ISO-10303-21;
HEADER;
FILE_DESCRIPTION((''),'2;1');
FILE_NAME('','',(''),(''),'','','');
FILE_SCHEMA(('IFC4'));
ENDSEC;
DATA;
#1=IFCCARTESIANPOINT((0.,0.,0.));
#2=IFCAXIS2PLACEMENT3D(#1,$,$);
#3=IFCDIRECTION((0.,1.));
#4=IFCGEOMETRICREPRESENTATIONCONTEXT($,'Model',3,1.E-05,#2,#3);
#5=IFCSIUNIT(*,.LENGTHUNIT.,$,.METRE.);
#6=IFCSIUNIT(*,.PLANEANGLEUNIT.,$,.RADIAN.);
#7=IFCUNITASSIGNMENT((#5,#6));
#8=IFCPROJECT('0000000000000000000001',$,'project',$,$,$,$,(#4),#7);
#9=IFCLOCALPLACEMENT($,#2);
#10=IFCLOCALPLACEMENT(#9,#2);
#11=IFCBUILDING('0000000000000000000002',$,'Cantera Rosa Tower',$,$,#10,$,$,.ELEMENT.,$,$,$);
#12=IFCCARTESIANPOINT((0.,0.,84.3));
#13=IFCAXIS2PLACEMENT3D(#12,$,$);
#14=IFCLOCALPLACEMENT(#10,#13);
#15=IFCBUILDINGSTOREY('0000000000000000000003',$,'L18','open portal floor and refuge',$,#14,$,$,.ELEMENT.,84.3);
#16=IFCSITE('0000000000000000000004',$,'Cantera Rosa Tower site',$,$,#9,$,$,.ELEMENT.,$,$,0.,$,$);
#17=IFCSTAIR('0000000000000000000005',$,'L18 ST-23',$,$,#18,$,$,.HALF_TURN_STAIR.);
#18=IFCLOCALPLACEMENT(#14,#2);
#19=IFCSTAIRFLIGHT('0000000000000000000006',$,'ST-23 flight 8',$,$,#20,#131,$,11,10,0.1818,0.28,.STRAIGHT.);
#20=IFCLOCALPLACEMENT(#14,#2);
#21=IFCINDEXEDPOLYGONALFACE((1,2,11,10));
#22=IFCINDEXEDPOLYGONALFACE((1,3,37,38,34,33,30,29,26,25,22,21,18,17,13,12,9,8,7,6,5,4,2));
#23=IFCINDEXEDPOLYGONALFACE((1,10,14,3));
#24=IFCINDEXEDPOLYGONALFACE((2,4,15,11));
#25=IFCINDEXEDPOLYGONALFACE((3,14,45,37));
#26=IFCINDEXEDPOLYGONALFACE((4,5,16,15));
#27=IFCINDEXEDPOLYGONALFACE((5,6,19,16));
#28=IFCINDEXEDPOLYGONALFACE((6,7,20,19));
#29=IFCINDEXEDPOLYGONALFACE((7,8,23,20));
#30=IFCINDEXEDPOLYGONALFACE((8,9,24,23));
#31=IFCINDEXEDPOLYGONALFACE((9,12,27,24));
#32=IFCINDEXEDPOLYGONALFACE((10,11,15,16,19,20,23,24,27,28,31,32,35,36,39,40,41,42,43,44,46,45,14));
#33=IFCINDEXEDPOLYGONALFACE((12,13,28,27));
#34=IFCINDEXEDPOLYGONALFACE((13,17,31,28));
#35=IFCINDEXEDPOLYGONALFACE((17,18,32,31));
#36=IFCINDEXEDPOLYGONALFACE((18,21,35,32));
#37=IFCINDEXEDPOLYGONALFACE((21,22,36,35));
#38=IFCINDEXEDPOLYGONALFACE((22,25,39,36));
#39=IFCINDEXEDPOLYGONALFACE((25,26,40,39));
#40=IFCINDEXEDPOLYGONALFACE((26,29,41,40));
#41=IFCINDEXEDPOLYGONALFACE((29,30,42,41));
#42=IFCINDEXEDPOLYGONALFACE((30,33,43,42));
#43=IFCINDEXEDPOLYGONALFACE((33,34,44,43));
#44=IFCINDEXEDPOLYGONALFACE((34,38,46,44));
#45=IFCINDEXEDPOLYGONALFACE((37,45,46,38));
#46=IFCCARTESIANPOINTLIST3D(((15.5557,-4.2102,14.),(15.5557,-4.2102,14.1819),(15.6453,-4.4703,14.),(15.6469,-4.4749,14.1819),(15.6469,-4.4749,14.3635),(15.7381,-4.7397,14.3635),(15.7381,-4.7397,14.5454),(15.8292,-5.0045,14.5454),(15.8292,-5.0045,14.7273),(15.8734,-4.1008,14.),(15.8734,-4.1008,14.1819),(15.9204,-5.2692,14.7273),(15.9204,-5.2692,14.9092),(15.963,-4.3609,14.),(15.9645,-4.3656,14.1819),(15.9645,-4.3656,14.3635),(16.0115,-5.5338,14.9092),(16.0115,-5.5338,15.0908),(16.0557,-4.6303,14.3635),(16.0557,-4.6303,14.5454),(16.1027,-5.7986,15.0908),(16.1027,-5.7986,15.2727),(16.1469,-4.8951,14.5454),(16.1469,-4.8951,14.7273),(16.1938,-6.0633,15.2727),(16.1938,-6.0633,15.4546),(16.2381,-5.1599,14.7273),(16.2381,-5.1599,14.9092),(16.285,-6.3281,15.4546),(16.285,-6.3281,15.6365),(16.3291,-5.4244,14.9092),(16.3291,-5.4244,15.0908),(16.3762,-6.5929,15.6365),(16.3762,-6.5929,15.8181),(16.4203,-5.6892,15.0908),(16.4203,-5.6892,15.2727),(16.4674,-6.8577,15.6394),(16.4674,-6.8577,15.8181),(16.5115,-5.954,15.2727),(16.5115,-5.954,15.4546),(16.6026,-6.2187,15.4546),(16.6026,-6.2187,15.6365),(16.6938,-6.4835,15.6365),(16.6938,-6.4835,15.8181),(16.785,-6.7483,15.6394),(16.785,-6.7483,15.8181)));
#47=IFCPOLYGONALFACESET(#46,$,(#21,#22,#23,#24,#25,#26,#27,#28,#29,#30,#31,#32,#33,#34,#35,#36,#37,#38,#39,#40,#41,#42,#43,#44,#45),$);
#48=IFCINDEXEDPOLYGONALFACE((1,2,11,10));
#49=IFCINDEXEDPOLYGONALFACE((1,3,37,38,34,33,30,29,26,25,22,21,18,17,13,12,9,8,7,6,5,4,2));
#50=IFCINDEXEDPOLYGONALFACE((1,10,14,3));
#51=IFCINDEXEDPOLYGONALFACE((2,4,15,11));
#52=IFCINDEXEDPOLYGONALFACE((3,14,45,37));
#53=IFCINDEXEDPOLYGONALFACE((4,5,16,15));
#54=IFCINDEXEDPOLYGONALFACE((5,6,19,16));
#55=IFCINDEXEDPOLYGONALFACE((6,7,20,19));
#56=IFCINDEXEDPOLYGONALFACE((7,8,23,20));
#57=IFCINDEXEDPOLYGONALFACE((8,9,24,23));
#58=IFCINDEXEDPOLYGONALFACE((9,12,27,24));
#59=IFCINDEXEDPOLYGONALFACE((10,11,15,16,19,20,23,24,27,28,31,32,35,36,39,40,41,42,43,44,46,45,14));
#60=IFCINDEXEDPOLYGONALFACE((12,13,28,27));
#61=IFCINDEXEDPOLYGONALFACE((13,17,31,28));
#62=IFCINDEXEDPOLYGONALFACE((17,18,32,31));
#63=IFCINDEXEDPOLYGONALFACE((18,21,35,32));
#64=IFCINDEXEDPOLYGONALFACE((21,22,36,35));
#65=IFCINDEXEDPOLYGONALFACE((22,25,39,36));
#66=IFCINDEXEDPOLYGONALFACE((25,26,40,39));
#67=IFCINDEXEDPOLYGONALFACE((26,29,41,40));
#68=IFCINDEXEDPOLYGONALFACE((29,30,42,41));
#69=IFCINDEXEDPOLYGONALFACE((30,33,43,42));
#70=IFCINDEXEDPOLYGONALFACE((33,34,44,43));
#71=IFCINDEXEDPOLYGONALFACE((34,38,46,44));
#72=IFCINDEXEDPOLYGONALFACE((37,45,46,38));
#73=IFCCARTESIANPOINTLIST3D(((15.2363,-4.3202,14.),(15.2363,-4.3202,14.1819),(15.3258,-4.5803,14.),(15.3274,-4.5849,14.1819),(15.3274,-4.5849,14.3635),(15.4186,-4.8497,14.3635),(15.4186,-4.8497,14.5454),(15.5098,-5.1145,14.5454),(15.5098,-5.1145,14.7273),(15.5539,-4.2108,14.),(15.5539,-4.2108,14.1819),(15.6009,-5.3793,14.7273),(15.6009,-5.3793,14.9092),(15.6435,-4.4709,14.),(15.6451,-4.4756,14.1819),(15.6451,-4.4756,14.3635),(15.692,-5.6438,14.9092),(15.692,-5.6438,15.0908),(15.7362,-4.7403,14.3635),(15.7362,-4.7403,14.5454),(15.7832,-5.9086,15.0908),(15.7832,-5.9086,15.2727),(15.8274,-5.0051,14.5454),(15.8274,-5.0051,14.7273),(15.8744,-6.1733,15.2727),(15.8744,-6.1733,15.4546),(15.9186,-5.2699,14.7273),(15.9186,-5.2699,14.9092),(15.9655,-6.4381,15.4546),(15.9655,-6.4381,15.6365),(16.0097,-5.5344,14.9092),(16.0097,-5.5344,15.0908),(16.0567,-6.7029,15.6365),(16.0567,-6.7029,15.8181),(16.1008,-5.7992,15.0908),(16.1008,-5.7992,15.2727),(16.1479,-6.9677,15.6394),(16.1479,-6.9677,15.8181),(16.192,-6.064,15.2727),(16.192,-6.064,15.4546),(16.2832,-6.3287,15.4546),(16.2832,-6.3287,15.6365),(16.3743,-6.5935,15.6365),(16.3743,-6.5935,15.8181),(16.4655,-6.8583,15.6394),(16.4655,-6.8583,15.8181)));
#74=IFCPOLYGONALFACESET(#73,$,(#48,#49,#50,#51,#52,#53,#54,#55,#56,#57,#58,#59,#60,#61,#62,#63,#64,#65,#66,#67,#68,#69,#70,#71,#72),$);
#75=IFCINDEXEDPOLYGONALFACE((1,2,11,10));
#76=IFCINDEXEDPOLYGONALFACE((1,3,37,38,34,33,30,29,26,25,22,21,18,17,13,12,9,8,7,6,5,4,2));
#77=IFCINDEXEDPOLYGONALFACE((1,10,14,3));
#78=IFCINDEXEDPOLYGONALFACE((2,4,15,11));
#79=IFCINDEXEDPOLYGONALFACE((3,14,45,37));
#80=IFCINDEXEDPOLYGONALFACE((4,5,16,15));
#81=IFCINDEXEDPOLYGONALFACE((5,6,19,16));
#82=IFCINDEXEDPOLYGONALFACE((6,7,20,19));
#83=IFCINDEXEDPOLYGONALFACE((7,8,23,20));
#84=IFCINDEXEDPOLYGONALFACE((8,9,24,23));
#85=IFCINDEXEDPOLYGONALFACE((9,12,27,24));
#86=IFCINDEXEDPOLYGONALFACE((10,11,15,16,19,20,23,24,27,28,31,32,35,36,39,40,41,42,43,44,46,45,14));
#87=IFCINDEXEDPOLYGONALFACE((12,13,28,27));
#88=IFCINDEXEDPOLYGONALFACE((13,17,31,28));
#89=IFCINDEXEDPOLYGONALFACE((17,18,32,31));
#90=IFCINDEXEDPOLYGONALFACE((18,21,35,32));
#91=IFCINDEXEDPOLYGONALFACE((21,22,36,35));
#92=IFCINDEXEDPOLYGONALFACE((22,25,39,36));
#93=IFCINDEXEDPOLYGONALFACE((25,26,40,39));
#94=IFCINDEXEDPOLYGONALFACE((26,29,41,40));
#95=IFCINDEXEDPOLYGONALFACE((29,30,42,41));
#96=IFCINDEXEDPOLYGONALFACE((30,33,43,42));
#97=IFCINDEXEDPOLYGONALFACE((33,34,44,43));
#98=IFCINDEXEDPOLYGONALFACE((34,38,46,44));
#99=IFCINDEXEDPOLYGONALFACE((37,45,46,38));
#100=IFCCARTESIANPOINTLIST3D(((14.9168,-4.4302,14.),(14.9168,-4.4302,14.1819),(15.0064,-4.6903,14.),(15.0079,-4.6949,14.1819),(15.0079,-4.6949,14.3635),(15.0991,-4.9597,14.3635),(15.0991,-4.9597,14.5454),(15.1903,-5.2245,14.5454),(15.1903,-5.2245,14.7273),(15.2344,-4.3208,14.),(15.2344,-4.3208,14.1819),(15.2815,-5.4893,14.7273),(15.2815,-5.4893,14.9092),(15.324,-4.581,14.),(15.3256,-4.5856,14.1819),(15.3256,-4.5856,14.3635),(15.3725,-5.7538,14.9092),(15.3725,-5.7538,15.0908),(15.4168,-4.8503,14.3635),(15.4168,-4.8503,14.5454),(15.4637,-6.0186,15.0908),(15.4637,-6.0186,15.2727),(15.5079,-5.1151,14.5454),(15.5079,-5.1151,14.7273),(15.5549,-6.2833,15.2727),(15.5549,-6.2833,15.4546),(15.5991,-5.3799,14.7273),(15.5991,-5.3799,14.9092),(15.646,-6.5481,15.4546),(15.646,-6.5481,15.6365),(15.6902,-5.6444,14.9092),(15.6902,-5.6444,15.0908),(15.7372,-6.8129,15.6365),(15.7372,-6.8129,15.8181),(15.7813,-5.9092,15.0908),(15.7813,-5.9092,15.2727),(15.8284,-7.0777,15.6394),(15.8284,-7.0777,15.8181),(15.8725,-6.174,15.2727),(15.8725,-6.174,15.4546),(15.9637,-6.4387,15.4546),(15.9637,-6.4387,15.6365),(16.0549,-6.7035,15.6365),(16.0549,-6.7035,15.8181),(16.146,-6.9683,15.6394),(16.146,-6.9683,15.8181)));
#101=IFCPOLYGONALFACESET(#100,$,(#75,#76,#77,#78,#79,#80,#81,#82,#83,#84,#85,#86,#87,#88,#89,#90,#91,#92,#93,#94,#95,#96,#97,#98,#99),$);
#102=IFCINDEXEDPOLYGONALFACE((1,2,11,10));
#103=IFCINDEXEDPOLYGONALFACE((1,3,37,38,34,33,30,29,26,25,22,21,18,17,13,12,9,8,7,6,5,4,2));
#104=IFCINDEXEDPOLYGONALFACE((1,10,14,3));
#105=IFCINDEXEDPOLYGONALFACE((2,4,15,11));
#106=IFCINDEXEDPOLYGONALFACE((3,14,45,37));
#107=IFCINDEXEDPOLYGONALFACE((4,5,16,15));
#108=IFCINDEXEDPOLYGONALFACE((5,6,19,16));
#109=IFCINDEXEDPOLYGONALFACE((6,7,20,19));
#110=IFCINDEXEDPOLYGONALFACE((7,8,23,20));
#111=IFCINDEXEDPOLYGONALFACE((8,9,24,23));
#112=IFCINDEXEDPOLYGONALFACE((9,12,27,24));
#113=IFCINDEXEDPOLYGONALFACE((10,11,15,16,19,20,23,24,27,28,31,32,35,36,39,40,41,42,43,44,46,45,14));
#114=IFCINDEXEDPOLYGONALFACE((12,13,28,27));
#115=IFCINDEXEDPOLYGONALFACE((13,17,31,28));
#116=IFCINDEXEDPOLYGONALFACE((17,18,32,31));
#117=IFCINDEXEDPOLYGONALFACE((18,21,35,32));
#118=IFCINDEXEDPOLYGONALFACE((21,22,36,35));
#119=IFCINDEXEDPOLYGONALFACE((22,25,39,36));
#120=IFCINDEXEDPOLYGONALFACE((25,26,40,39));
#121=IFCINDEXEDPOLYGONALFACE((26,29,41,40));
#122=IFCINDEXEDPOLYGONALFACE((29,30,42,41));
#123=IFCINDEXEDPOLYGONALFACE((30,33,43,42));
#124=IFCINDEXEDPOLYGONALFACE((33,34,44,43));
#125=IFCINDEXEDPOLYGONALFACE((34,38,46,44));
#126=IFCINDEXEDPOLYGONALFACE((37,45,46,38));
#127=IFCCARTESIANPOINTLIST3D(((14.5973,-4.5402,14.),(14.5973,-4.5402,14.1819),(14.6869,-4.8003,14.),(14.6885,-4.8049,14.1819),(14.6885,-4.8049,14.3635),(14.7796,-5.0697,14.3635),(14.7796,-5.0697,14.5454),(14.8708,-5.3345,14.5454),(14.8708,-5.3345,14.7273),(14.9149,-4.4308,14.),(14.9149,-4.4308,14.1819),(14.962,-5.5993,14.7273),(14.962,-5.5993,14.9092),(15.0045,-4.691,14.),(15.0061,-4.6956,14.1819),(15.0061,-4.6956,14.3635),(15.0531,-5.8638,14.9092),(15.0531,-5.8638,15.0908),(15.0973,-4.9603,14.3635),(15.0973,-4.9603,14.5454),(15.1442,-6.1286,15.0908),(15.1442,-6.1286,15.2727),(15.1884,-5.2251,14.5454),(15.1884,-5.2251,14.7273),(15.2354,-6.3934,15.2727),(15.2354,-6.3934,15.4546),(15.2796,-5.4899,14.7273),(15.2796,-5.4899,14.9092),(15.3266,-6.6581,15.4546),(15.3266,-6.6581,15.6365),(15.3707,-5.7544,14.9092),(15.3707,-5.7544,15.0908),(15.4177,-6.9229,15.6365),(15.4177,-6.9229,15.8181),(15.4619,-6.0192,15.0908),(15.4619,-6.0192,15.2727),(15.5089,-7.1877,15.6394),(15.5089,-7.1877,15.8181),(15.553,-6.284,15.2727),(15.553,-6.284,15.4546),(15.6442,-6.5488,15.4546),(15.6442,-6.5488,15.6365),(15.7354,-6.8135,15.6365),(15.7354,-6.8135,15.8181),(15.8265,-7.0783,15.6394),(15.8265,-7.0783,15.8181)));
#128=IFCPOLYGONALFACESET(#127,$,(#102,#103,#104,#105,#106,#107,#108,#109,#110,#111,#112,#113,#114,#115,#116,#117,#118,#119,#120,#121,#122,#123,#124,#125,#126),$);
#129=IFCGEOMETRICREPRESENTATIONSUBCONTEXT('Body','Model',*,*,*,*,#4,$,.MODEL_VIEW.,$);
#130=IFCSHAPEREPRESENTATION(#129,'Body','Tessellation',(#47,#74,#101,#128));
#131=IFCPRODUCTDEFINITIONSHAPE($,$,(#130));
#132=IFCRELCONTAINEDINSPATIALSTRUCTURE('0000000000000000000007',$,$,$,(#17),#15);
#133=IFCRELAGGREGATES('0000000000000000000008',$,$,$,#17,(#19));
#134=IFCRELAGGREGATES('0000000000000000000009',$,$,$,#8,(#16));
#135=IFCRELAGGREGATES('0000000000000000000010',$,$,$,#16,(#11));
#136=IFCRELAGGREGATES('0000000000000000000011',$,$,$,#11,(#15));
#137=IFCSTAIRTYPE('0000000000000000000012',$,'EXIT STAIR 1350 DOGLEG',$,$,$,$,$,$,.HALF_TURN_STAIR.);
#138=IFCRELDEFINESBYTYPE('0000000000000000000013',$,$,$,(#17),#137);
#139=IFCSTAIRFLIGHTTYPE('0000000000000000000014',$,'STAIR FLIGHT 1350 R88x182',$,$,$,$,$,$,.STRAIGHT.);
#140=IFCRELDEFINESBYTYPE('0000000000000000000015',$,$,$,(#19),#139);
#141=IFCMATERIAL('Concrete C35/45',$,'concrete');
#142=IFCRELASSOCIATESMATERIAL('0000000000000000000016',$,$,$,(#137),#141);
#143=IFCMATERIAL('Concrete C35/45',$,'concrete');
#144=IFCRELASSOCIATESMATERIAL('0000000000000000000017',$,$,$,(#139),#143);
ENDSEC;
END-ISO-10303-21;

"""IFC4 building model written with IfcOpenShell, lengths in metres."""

from ifc_helpers import new_model, si_unit, direction, frame, origin, place, context, subcontext, project, spatial, polyline, outline, extrude, material, type_object, element, aggregate, save


model = new_model("IFC4")

# Units and contexts
model_context = context("Model", 3, precision=1e-05, world=origin(), true_north=direction((0.0, 1.0)))
body_context = subcontext(model_context, "Body", "Model", "MODEL_VIEW")
ifc_project = project(units=[si_unit("LENGTHUNIT", "METRE"), si_unit("PLANEANGLEUNIT", "RADIAN")], contexts=[model_context])

# Site, building, storey
site_placement = place(None, origin())
site = spatial("IfcSite", under=ifc_project, at=site_placement, Name="Cantera Rosa Tower site", CompositionType="ELEMENT", RefElevation=0.0)
building_placement = place(site_placement, origin())
building = spatial("IfcBuilding", under=site, at=building_placement, Name="Cantera Rosa Tower", CompositionType="ELEMENT")
storey_placement = place(building_placement, frame((0.0, 0.0, 84.3)))
storey = spatial("IfcBuildingStorey", under=building, at=storey_placement, Name="L18", Description="open portal floor and refuge", CompositionType="ELEMENT", Elevation=84.3)

# Shared definitions
ifc_material_1 = material(Name="Concrete C35/45", Category="concrete")
stair_type = type_object("IfcStairType", Name="EXIT STAIR 1350 DOGLEG", PredefinedType="HALF_TURN_STAIR", material=ifc_material_1)

# Stair, stair flight
stair_1_placement = place(storey_placement, origin())
stair_1 = element("IfcStair", 1, at=stair_1_placement, inside=storey, type_object=stair_type, Name="L18 ST-23", PredefinedType="HALF_TURN_STAIR")
ifc_material_2 = material(Name="Concrete C35/45", Category="concrete")
stair_flight_type = type_object("IfcStairFlightType", Name="STAIR FLIGHT 1350 R88x182", PredefinedType="STRAIGHT", material=ifc_material_2)
stair_flight_1_placement = place(storey_placement, frame((15.2351, -4.3206, 14.0), z_axis=(0.0, 0.0, 1.0), x_axis=(0.325568, -0.945519, 0.0)))
stair_flight_1 = element("IfcStairFlight", 2, at=stair_flight_1_placement, type_object=stair_flight_type, Name="ST-23 flight 8", NumberOfRisers=11, NumberOfTreads=10, PredefinedType="STRAIGHT", RiserHeight=0.1818, TreadLength=0.28, context=body_context, shape_type="SweptSolid", body=[
    extrude(outline(polyline([(0.0, 0.0), (0.0, 0.1819), (0.28, 0.1819), (0.28, 0.3635), (0.5601, 0.3635), (0.5601, 0.5454), (0.8401, 0.5454), (0.8401, 0.7273), (1.1201, 0.7273), (1.1201, 0.9092), (1.3999, 0.9092), (1.3999, 1.0908), (1.6799, 1.0908), (1.6799, 1.2727), (1.96, 1.2727), (1.96, 1.4546), (2.24, 1.4546), (2.24, 1.6365), (2.52, 1.6365), (2.52, 1.8181), (2.8, 1.8181), (2.8, 2.0), (2.8, 1.6394), (0.2751, 0.0), (0.0, 0.0)])), frame((0.0, 0.675, 0.0), z_axis=(0.0, -1.0, 0.0), x_axis=(1.0, 0.0, 0.0)), (0.0, 0.0, 1.0), 0.3359),
    extrude(outline(polyline([(0.0, 0.0), (0.0, 0.1819), (0.28, 0.1819), (0.28, 0.3635), (0.5601, 0.3635), (0.5601, 0.5454), (0.8401, 0.5454), (0.8401, 0.7273), (1.1201, 0.7273), (1.1201, 0.9092), (1.3999, 0.9092), (1.3999, 1.0908), (1.6799, 1.0908), (1.6799, 1.2727), (1.96, 1.2727), (1.96, 1.4546), (2.24, 1.4546), (2.24, 1.6365), (2.52, 1.6365), (2.52, 1.8181), (2.8, 1.8181), (2.8, 2.0), (2.8, 1.6394), (0.2751, 0.0), (0.0, 0.0)])), frame((0.0, 0.3372, 0.0), z_axis=(0.0, -1.0, 0.0), x_axis=(1.0, 0.0, 0.0)), (0.0, 0.0, 1.0), 0.3359),
    extrude(outline(polyline([(0.0, 0.0), (0.0, 0.1819), (0.28, 0.1819), (0.28, 0.3635), (0.5601, 0.3635), (0.5601, 0.5454), (0.8401, 0.5454), (0.8401, 0.7273), (1.1201, 0.7273), (1.1201, 0.9092), (1.3999, 0.9092), (1.3999, 1.0908), (1.6799, 1.0908), (1.6799, 1.2727), (1.96, 1.2727), (1.96, 1.4546), (2.24, 1.4546), (2.24, 1.6365), (2.52, 1.6365), (2.52, 1.8181), (2.8, 1.8181), (2.8, 2.0), (2.8, 1.6394), (0.2751, 0.0), (0.0, 0.0)])), frame((0.0, -0.0007, 0.0), z_axis=(0.0, -1.0, 0.0), x_axis=(1.0, 0.0, 0.0)), (0.0, 0.0, 1.0), 0.3359),
    extrude(outline(polyline([(0.0, 0.0), (0.0, 0.1819), (0.28, 0.1819), (0.28, 0.3635), (0.5601, 0.3635), (0.5601, 0.5454), (0.8401, 0.5454), (0.8401, 0.7273), (1.1201, 0.7273), (1.1201, 0.9092), (1.3999, 0.9092), (1.3999, 1.0908), (1.6799, 1.0908), (1.6799, 1.2727), (1.96, 1.2727), (1.96, 1.4546), (2.24, 1.4546), (2.24, 1.6365), (2.52, 1.6365), (2.52, 1.8181), (2.8, 1.8181), (2.8, 2.0), (2.8, 1.6394), (0.2751, 0.0), (0.0, 0.0)])), frame((0.0, -0.3386, 0.0), z_axis=(0.0, -1.0, 0.0), x_axis=(1.0, 0.0, 0.0)), (0.0, 0.0, 1.0), 0.3359),
])
aggregate(stair_1, [stair_flight_1])

save(model, "model.ifc")
